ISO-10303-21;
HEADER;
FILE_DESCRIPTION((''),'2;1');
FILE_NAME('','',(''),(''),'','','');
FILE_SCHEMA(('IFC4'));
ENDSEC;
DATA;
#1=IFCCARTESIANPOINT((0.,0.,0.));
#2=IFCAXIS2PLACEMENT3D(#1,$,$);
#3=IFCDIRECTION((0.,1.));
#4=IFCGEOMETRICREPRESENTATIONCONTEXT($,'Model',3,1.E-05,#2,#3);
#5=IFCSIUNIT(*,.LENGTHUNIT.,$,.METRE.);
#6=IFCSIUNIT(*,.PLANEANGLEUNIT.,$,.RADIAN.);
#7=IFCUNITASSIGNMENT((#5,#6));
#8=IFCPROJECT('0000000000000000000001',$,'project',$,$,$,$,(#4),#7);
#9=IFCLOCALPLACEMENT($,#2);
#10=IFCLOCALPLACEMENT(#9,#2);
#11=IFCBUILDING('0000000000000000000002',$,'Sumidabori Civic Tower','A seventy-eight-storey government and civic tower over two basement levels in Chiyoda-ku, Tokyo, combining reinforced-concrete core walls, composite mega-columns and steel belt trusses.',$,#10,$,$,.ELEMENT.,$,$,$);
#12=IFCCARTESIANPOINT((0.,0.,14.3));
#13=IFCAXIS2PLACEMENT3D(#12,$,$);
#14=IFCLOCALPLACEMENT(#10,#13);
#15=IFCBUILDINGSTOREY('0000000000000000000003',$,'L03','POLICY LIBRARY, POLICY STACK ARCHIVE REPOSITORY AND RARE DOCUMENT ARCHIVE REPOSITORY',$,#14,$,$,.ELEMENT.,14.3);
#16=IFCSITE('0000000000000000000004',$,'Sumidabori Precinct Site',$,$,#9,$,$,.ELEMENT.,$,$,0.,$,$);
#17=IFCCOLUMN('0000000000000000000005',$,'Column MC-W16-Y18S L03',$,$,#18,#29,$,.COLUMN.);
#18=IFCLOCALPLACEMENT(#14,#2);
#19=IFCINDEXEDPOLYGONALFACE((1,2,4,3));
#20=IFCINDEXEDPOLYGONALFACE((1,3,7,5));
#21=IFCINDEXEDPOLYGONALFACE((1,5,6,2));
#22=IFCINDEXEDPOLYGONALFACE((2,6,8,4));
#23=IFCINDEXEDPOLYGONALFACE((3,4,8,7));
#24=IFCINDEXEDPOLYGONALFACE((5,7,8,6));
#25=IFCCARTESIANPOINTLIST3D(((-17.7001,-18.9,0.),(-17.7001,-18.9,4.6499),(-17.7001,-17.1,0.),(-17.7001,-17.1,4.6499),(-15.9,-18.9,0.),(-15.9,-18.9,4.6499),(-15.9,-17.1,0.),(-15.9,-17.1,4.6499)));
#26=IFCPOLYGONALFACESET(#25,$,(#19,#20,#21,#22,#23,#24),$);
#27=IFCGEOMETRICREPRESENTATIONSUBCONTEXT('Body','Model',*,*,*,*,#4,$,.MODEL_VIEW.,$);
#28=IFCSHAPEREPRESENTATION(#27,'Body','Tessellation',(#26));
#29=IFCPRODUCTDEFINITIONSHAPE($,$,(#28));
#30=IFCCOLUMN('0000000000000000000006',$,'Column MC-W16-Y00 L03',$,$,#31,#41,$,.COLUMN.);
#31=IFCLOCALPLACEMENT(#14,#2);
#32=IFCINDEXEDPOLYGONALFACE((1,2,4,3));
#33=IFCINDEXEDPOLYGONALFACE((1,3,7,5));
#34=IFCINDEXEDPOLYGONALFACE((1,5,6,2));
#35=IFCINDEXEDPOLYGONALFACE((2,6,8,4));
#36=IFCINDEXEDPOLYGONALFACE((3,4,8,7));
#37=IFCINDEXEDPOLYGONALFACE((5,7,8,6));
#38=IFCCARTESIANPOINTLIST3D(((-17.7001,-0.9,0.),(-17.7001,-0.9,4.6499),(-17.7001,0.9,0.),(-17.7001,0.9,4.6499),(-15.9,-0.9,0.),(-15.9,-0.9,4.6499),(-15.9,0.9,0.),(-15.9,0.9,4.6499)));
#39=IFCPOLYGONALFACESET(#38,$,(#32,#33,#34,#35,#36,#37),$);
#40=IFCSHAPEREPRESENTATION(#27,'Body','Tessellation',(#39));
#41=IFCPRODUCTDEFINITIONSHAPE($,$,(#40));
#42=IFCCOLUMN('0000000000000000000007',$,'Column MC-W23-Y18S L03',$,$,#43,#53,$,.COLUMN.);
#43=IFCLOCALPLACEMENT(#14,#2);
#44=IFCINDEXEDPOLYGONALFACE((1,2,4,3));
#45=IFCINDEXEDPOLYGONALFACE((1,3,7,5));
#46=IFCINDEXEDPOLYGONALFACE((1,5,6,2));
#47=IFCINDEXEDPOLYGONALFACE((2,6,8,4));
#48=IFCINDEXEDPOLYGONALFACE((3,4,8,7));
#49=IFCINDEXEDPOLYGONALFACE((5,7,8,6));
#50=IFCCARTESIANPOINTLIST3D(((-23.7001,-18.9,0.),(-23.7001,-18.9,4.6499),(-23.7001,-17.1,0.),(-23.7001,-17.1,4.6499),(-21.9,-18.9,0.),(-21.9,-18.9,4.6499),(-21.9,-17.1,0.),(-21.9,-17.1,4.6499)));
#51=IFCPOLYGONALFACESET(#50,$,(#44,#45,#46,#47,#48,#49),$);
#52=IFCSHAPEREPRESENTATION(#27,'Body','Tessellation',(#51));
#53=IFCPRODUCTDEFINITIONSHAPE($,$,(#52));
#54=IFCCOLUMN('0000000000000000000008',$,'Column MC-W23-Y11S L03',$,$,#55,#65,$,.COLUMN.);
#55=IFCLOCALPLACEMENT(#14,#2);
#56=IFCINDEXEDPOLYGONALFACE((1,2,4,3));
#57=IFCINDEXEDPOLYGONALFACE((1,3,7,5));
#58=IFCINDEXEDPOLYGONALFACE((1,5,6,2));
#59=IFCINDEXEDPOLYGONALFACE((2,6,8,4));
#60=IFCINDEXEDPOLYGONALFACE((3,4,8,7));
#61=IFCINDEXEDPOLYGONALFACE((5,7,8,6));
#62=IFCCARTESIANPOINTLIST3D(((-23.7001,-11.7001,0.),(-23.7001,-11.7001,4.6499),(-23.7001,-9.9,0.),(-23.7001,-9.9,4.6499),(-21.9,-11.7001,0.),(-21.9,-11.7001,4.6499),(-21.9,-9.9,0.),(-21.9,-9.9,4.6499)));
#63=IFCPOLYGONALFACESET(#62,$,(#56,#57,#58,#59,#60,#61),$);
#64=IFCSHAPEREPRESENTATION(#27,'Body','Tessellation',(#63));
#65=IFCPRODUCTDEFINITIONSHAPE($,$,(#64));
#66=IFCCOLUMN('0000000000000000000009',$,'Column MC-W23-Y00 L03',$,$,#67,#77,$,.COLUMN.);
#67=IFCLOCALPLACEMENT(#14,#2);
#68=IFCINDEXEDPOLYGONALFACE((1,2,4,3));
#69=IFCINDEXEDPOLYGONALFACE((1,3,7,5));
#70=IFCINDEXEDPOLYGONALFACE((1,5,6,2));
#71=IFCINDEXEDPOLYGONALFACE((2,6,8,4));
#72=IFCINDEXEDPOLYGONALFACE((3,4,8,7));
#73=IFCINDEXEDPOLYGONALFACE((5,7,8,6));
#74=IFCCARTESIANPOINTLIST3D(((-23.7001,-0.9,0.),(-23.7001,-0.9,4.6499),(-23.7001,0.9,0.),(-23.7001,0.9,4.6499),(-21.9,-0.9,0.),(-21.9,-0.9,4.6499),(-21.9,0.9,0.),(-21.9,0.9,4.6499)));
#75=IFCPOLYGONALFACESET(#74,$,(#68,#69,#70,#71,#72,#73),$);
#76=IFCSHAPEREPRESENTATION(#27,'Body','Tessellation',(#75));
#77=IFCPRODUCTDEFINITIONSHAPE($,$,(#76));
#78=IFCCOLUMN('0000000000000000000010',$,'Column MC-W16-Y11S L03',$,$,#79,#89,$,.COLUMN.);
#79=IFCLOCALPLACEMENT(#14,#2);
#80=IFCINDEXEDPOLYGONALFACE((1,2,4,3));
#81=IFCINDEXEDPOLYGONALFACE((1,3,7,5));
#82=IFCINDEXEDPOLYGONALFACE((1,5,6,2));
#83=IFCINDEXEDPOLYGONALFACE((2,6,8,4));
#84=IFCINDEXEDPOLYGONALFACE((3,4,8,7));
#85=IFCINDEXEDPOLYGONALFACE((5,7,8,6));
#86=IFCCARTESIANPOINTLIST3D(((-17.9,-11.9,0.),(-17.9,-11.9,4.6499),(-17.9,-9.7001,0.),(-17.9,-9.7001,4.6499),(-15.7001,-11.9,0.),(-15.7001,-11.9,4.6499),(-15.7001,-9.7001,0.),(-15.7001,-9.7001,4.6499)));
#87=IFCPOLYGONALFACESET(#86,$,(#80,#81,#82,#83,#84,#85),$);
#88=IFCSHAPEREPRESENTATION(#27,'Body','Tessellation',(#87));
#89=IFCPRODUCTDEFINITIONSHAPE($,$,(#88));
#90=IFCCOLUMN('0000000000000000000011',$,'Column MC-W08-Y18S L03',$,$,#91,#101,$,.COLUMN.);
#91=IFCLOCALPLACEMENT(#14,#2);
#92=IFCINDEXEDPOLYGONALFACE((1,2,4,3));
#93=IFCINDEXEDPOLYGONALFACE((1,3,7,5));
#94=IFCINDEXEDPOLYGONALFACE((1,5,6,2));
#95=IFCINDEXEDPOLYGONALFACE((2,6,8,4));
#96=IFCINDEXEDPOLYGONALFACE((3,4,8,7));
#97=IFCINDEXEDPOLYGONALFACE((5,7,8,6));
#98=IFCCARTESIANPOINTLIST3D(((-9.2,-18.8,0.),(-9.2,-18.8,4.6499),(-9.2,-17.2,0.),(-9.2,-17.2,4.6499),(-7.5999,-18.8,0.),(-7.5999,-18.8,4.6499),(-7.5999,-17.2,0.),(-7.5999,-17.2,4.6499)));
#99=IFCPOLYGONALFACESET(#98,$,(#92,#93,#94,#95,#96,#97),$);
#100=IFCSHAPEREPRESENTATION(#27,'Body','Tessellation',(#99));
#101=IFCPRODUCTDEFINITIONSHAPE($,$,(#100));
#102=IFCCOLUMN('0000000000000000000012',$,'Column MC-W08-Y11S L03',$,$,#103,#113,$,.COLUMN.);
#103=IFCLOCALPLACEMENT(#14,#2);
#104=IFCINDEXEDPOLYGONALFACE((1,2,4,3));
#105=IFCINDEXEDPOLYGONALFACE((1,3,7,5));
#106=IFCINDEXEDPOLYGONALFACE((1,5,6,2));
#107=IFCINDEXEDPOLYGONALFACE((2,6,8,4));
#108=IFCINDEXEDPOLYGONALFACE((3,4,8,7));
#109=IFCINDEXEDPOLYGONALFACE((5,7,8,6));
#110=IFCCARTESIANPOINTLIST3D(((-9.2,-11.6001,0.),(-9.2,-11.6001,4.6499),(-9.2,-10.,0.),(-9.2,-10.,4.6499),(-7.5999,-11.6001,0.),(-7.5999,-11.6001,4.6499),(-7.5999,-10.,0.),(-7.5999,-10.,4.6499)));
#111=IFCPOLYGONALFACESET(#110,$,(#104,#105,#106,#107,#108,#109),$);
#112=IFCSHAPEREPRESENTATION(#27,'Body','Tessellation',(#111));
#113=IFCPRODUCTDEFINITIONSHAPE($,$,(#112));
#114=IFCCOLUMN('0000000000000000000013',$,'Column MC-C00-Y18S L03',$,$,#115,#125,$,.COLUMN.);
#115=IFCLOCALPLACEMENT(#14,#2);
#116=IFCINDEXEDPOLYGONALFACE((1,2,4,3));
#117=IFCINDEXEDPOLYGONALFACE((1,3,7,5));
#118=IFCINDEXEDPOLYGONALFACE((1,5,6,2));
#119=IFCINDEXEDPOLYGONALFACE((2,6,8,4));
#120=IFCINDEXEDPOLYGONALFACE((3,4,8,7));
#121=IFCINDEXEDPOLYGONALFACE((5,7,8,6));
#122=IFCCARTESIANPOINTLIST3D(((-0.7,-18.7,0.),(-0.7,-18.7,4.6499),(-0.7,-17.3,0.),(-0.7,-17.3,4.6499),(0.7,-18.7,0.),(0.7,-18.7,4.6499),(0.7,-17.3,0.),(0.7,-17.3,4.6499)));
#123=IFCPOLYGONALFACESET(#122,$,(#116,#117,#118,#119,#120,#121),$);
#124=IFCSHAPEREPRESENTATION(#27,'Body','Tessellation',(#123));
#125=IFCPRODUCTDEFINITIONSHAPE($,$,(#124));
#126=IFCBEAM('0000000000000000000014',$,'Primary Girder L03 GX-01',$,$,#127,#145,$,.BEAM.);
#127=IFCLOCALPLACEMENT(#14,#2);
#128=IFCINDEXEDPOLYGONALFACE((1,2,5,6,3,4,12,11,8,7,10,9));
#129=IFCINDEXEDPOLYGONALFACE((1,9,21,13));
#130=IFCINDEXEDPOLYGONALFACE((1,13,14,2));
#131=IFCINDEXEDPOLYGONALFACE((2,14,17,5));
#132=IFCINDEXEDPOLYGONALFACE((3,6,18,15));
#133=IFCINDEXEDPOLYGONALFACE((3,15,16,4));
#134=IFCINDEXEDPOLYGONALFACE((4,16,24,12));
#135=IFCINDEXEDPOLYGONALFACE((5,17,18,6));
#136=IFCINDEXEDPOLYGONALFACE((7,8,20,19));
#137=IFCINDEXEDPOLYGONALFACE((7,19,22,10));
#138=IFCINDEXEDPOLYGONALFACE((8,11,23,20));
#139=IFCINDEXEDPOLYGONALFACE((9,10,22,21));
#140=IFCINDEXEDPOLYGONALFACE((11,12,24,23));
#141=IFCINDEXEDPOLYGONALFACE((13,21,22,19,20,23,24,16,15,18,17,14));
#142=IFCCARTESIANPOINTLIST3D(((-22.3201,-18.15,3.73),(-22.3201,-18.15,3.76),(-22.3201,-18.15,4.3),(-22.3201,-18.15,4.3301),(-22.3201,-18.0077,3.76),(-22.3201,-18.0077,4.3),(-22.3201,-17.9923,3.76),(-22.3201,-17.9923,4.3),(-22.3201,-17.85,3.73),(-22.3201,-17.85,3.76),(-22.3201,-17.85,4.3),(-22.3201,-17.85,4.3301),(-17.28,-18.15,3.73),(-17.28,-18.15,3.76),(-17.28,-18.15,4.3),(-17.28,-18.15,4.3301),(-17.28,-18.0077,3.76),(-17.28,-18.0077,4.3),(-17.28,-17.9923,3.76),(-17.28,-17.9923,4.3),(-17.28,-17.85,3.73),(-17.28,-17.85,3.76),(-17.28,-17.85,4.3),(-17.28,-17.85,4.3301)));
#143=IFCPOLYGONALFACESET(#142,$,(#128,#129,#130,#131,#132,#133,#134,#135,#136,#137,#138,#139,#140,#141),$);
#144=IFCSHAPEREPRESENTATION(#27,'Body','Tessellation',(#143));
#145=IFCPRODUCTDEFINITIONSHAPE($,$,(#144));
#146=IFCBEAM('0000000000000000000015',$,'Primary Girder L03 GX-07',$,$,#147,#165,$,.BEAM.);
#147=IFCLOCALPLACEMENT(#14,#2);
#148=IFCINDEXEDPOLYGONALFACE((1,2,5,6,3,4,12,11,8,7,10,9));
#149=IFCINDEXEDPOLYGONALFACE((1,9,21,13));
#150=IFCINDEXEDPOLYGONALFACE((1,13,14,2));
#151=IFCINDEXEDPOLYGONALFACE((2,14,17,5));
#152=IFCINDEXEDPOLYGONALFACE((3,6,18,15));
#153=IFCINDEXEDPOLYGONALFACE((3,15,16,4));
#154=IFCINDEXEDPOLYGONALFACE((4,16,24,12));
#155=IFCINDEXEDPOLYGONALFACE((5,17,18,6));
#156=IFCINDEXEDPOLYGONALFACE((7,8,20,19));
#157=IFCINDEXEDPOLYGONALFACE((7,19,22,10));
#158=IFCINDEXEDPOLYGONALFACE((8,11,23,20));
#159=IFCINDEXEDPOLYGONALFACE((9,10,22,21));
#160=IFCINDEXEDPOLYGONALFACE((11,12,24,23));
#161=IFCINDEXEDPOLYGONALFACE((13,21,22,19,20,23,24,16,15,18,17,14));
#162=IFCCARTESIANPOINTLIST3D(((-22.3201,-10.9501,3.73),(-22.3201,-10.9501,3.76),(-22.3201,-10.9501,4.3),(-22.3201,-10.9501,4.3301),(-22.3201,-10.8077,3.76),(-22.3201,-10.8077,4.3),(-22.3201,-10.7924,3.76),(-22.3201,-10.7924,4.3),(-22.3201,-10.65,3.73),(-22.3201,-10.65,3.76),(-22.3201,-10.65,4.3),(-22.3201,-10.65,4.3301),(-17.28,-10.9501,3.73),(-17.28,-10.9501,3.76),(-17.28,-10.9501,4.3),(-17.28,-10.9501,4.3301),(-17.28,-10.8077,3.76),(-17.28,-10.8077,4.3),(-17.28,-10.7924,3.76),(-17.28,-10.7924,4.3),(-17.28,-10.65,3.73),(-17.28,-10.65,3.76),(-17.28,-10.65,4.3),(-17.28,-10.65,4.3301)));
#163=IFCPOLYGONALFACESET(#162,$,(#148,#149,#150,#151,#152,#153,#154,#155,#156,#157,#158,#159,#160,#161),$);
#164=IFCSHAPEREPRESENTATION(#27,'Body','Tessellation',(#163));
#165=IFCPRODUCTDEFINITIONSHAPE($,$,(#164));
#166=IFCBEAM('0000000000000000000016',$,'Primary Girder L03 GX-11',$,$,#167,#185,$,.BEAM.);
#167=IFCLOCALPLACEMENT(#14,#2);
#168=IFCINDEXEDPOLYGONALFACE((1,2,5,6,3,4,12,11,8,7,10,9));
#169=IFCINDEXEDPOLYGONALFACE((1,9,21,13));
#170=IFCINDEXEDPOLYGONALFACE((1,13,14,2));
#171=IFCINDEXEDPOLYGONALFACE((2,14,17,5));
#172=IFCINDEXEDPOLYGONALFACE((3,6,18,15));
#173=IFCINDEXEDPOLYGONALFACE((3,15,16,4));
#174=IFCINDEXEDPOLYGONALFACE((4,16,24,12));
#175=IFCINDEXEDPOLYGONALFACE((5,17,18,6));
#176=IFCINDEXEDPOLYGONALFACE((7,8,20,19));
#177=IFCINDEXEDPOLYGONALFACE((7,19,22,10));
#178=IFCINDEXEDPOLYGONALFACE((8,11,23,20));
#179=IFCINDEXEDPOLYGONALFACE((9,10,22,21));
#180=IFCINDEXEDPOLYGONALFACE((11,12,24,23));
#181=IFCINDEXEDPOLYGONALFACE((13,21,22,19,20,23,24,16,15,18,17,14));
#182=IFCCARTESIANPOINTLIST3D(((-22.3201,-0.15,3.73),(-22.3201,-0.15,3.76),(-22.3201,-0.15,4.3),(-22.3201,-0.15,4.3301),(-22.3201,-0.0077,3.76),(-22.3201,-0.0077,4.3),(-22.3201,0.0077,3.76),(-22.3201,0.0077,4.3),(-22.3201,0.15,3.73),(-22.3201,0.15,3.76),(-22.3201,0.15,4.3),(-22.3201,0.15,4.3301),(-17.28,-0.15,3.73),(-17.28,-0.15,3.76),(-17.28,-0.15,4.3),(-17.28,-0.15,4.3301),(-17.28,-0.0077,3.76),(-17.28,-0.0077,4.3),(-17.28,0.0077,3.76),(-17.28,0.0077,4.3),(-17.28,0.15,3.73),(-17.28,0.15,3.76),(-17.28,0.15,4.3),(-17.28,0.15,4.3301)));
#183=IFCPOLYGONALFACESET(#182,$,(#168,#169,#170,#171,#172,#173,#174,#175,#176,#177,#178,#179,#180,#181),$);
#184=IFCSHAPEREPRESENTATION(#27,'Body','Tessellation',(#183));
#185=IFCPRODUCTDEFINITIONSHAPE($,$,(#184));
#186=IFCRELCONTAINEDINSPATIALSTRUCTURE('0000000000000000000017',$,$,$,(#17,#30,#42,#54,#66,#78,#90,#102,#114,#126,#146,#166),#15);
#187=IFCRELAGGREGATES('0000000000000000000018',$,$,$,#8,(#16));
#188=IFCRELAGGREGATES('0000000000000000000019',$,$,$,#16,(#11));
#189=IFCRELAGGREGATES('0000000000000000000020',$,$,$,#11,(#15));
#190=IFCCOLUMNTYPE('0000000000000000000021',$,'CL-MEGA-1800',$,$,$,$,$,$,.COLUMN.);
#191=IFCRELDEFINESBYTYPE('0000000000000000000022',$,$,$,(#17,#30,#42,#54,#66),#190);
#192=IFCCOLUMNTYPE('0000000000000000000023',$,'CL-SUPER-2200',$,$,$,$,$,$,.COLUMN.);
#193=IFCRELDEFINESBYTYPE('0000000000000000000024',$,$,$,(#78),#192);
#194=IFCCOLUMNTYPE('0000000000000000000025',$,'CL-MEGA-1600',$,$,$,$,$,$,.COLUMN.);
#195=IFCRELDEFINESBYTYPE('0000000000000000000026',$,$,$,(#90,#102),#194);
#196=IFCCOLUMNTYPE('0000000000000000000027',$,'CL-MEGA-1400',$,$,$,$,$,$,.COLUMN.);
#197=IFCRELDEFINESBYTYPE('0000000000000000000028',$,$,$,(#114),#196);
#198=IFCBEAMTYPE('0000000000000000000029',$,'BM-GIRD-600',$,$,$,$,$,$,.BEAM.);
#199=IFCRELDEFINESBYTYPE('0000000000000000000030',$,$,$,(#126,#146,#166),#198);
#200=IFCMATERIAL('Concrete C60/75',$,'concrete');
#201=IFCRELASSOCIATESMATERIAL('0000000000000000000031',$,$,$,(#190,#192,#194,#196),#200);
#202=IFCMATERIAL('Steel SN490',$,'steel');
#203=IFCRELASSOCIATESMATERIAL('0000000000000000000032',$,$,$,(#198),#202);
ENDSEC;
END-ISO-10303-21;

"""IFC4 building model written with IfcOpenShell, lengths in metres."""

from ifc_helpers import new_model, si_unit, direction, frame, origin, origin_2d, place, context, subcontext, project, spatial, rectangle, i_section, extrude, source, transform, mapped, material, material_profile, profile_set, type_object, element, save


model = new_model("IFC4")

# Units and contexts
model_context = context("Model", 3, precision=1e-05, world=origin(), true_north=direction((0.0, 1.0)))
body_context = subcontext(model_context, "Body", "Model", "MODEL_VIEW")
ifc_project = project(units=[si_unit("LENGTHUNIT", "METRE"), si_unit("PLANEANGLEUNIT", "RADIAN")], contexts=[model_context])

# Site, building, storey
site_placement = place(None, origin())
site = spatial("IfcSite", under=ifc_project, at=site_placement, Name="Sumidabori Precinct Site", CompositionType="ELEMENT", RefElevation=0.0)
building_placement = place(site_placement, origin())
building = spatial("IfcBuilding", under=site, at=building_placement, Name="Sumidabori Civic Tower", Description="A seventy-eight-storey government and civic tower over two basement levels in Chiyoda-ku, Tokyo, combining reinforced-concrete core walls, composite mega-columns and steel belt trusses.", CompositionType="ELEMENT")
storey_placement = place(building_placement, frame((0.0, 0.0, 14.3)))
storey = spatial("IfcBuildingStorey", under=building, at=storey_placement, Name="L03", Description="POLICY LIBRARY, POLICY STACK ARCHIVE REPOSITORY AND RARE DOCUMENT ARCHIVE REPOSITORY", CompositionType="ELEMENT", Elevation=14.3)

# Columns
ifc_material_1 = material(Name="Concrete C60/75", Category="concrete")
ifc_material_profile_1 = material_profile(ifc_material_1, rectangle(XDim=1.8, YDim=1.8, at=origin_2d()), Name="RC 1800x1800")
ifc_profile_set_1 = profile_set([ifc_material_profile_1], Name="Concrete C60/75")
column_type_1 = type_object("IfcColumnType", Name="CL-MEGA-1800", PredefinedType="COLUMN", material=ifc_profile_set_1)
shared_shape_1 = source(origin(), body_context, "Body", "SweptSolid", [
    extrude(rectangle(XDim=1.8, YDim=1.8, at=origin_2d()), origin(), (0.0, 0.0, 1.0), 4.6499),
])
for number, where, z_axis, x_axis, name in (
    (1, (-16.8, -18.0, 0.0), (0.0, 0.0, 1.0), (1.0, 0.0, 0.0), "Column MC-W16-Y18S L03"),
    (2, (-16.8, 0.0, 0.0), (0.0, 0.0, 1.0), (1.0, 0.0, 0.0), "Column MC-W16-Y00 L03"),
    (3, (-22.8, -18.0, 0.0), (0.0, 0.0, 1.0), (1.0, 0.0, 0.0), "Column MC-W23-Y18S L03"),
    (4, (-22.8, -10.8, 0.0), (0.0, 0.0, 1.0), (1.0, 0.0, 0.0), "Column MC-W23-Y11S L03"),
    (5, (-22.8, 0.0, 0.0), (0.0, 0.0, 1.0), (1.0, 0.0, 0.0), "Column MC-W23-Y00 L03"),
):
    element("IfcColumn", number, at=place(storey_placement, frame(where, z_axis=z_axis, x_axis=x_axis)), inside=storey, type_object=column_type_1, Name=name, PredefinedType="COLUMN", context=body_context, shape_type="MappedRepresentation", body=[
        mapped(shared_shape_1, transform((0.0, 0.0, 0.0), x_axis=(1.0, 0.0, 0.0), y_axis=(0.0, 1.0, 0.0), z_axis=(0.0, 0.0, 1.0), scale=1.0)),
    ])
ifc_material_profile_2 = material_profile(ifc_material_1, rectangle(XDim=2.2, YDim=2.2, at=origin_2d()), Name="RC 2200x2200")
ifc_profile_set_2 = profile_set([ifc_material_profile_2], Name="Concrete C60/75")
column_type_2 = type_object("IfcColumnType", Name="CL-SUPER-2200", PredefinedType="COLUMN", material=ifc_profile_set_2)
shared_shape_2 = source(origin(), body_context, "Body", "SweptSolid", [
    extrude(rectangle(XDim=2.2, YDim=2.2, at=origin_2d()), origin(), (0.0, 0.0, 1.0), 4.6499),
])
column_1_placement = place(storey_placement, frame((-16.8, -10.8, 0.0), z_axis=(0.0, 0.0, 1.0), x_axis=(1.0, 0.0, 0.0)))
element("IfcColumn", 6, at=column_1_placement, inside=storey, type_object=column_type_2, Name="Column MC-W16-Y11S L03", PredefinedType="COLUMN", context=body_context, shape_type="MappedRepresentation", body=[
    mapped(shared_shape_2, transform((0.0, 0.0, 0.0), x_axis=(1.0, 0.0, 0.0), y_axis=(0.0, 1.0, 0.0), z_axis=(0.0, 0.0, 1.0), scale=1.0)),
])
ifc_material_profile_3 = material_profile(ifc_material_1, rectangle(XDim=1.6001, YDim=1.6001, at=origin_2d()), Name="RC 1600x1600")
ifc_profile_set_3 = profile_set([ifc_material_profile_3], Name="Concrete C60/75")
column_type_3 = type_object("IfcColumnType", Name="CL-MEGA-1600", PredefinedType="COLUMN", material=ifc_profile_set_3)
shared_shape_3 = source(origin(), body_context, "Body", "SweptSolid", [
    extrude(rectangle(XDim=1.6001, YDim=1.6001, at=origin_2d()), origin(), (0.0, 0.0, 1.0), 4.6499),
])
for number, where, z_axis, x_axis, name in (
    (7, (-8.3999, -18.0, 0.0), (0.0, 0.0, 1.0), (1.0, 0.0, 0.0), "Column MC-W08-Y18S L03"),
    (8, (-8.3999, -10.8, 0.0), (0.0, 0.0, 1.0), (1.0, 0.0, 0.0), "Column MC-W08-Y11S L03"),
):
    element("IfcColumn", number, at=place(storey_placement, frame(where, z_axis=z_axis, x_axis=x_axis)), inside=storey, type_object=column_type_3, Name=name, PredefinedType="COLUMN", context=body_context, shape_type="MappedRepresentation", body=[
        mapped(shared_shape_3, transform((0.0, 0.0, 0.0), x_axis=(1.0, 0.0, 0.0), y_axis=(0.0, 1.0, 0.0), z_axis=(0.0, 0.0, 1.0), scale=1.0)),
    ])
ifc_material_profile_4 = material_profile(ifc_material_1, rectangle(XDim=1.3999, YDim=1.3999, at=origin_2d()), Name="RC 1400x1400")
ifc_profile_set_4 = profile_set([ifc_material_profile_4], Name="Concrete C60/75")
column_type_4 = type_object("IfcColumnType", Name="CL-MEGA-1400", PredefinedType="COLUMN", material=ifc_profile_set_4)
shared_shape_4 = source(origin(), body_context, "Body", "SweptSolid", [
    extrude(rectangle(XDim=1.3999, YDim=1.3999, at=origin_2d()), origin(), (0.0, 0.0, 1.0), 4.6499),
])
column_2_placement = place(storey_placement, frame((0.0, -18.0, 0.0), z_axis=(0.0, 0.0, 1.0), x_axis=(1.0, 0.0, 0.0)))
element("IfcColumn", 9, at=column_2_placement, inside=storey, type_object=column_type_4, Name="Column MC-C00-Y18S L03", PredefinedType="COLUMN", context=body_context, shape_type="MappedRepresentation", body=[
    mapped(shared_shape_4, transform((0.0, 0.0, 0.0), x_axis=(1.0, 0.0, 0.0), y_axis=(0.0, 1.0, 0.0), z_axis=(0.0, 0.0, 1.0), scale=1.0)),
])

# Beams
ifc_material_2 = material(Name="Steel SN490", Category="steel")
ifc_material_profile_5 = material_profile(ifc_material_2, i_section(OverallWidth=0.3, OverallDepth=0.6001, WebThickness=0.0154, FlangeThickness=0.03, at=origin_2d()), Name="HE 600 B")
ifc_profile_set_5 = profile_set([ifc_material_profile_5], Name="Steel SN490")
beam_type_1 = type_object("IfcBeamType", Name="BM-GIRD-600", PredefinedType="BEAM", material=ifc_profile_set_5)
shared_shape_5 = source(origin(), body_context, "Body", "SweptSolid", [
    extrude(i_section(OverallWidth=0.3, OverallDepth=0.6001, WebThickness=0.0154, FlangeThickness=0.03, at=origin_2d()), origin(), (0.0, 0.0, 1.0), 5.04),
])
for number, where, z_axis, x_axis, name in (
    (10, (-22.3201, -18.0, 4.03), (1.0, 0.0, 0.0), (0.0, 1.0, 0.0), "Primary Girder L03 GX-01"),
    (11, (-22.3201, -10.8, 4.03), (1.0, 0.0, 0.0), (0.0, 1.0, 0.0), "Primary Girder L03 GX-07"),
    (12, (-22.3201, 0.0, 4.03), (1.0, 0.0, 0.0), (0.0, 1.0, 0.0), "Primary Girder L03 GX-11"),
):
    element("IfcBeam", number, at=place(storey_placement, frame(where, z_axis=z_axis, x_axis=x_axis)), inside=storey, type_object=beam_type_1, Name=name, PredefinedType="BEAM", context=body_context, shape_type="MappedRepresentation", body=[
        mapped(shared_shape_5, transform((0.0, 0.0, 0.0), x_axis=(1.0, 0.0, 0.0), y_axis=(0.0, 1.0, 0.0), z_axis=(0.0, 0.0, 1.0), scale=1.0)),
    ])

save(model, "model.ifc")
